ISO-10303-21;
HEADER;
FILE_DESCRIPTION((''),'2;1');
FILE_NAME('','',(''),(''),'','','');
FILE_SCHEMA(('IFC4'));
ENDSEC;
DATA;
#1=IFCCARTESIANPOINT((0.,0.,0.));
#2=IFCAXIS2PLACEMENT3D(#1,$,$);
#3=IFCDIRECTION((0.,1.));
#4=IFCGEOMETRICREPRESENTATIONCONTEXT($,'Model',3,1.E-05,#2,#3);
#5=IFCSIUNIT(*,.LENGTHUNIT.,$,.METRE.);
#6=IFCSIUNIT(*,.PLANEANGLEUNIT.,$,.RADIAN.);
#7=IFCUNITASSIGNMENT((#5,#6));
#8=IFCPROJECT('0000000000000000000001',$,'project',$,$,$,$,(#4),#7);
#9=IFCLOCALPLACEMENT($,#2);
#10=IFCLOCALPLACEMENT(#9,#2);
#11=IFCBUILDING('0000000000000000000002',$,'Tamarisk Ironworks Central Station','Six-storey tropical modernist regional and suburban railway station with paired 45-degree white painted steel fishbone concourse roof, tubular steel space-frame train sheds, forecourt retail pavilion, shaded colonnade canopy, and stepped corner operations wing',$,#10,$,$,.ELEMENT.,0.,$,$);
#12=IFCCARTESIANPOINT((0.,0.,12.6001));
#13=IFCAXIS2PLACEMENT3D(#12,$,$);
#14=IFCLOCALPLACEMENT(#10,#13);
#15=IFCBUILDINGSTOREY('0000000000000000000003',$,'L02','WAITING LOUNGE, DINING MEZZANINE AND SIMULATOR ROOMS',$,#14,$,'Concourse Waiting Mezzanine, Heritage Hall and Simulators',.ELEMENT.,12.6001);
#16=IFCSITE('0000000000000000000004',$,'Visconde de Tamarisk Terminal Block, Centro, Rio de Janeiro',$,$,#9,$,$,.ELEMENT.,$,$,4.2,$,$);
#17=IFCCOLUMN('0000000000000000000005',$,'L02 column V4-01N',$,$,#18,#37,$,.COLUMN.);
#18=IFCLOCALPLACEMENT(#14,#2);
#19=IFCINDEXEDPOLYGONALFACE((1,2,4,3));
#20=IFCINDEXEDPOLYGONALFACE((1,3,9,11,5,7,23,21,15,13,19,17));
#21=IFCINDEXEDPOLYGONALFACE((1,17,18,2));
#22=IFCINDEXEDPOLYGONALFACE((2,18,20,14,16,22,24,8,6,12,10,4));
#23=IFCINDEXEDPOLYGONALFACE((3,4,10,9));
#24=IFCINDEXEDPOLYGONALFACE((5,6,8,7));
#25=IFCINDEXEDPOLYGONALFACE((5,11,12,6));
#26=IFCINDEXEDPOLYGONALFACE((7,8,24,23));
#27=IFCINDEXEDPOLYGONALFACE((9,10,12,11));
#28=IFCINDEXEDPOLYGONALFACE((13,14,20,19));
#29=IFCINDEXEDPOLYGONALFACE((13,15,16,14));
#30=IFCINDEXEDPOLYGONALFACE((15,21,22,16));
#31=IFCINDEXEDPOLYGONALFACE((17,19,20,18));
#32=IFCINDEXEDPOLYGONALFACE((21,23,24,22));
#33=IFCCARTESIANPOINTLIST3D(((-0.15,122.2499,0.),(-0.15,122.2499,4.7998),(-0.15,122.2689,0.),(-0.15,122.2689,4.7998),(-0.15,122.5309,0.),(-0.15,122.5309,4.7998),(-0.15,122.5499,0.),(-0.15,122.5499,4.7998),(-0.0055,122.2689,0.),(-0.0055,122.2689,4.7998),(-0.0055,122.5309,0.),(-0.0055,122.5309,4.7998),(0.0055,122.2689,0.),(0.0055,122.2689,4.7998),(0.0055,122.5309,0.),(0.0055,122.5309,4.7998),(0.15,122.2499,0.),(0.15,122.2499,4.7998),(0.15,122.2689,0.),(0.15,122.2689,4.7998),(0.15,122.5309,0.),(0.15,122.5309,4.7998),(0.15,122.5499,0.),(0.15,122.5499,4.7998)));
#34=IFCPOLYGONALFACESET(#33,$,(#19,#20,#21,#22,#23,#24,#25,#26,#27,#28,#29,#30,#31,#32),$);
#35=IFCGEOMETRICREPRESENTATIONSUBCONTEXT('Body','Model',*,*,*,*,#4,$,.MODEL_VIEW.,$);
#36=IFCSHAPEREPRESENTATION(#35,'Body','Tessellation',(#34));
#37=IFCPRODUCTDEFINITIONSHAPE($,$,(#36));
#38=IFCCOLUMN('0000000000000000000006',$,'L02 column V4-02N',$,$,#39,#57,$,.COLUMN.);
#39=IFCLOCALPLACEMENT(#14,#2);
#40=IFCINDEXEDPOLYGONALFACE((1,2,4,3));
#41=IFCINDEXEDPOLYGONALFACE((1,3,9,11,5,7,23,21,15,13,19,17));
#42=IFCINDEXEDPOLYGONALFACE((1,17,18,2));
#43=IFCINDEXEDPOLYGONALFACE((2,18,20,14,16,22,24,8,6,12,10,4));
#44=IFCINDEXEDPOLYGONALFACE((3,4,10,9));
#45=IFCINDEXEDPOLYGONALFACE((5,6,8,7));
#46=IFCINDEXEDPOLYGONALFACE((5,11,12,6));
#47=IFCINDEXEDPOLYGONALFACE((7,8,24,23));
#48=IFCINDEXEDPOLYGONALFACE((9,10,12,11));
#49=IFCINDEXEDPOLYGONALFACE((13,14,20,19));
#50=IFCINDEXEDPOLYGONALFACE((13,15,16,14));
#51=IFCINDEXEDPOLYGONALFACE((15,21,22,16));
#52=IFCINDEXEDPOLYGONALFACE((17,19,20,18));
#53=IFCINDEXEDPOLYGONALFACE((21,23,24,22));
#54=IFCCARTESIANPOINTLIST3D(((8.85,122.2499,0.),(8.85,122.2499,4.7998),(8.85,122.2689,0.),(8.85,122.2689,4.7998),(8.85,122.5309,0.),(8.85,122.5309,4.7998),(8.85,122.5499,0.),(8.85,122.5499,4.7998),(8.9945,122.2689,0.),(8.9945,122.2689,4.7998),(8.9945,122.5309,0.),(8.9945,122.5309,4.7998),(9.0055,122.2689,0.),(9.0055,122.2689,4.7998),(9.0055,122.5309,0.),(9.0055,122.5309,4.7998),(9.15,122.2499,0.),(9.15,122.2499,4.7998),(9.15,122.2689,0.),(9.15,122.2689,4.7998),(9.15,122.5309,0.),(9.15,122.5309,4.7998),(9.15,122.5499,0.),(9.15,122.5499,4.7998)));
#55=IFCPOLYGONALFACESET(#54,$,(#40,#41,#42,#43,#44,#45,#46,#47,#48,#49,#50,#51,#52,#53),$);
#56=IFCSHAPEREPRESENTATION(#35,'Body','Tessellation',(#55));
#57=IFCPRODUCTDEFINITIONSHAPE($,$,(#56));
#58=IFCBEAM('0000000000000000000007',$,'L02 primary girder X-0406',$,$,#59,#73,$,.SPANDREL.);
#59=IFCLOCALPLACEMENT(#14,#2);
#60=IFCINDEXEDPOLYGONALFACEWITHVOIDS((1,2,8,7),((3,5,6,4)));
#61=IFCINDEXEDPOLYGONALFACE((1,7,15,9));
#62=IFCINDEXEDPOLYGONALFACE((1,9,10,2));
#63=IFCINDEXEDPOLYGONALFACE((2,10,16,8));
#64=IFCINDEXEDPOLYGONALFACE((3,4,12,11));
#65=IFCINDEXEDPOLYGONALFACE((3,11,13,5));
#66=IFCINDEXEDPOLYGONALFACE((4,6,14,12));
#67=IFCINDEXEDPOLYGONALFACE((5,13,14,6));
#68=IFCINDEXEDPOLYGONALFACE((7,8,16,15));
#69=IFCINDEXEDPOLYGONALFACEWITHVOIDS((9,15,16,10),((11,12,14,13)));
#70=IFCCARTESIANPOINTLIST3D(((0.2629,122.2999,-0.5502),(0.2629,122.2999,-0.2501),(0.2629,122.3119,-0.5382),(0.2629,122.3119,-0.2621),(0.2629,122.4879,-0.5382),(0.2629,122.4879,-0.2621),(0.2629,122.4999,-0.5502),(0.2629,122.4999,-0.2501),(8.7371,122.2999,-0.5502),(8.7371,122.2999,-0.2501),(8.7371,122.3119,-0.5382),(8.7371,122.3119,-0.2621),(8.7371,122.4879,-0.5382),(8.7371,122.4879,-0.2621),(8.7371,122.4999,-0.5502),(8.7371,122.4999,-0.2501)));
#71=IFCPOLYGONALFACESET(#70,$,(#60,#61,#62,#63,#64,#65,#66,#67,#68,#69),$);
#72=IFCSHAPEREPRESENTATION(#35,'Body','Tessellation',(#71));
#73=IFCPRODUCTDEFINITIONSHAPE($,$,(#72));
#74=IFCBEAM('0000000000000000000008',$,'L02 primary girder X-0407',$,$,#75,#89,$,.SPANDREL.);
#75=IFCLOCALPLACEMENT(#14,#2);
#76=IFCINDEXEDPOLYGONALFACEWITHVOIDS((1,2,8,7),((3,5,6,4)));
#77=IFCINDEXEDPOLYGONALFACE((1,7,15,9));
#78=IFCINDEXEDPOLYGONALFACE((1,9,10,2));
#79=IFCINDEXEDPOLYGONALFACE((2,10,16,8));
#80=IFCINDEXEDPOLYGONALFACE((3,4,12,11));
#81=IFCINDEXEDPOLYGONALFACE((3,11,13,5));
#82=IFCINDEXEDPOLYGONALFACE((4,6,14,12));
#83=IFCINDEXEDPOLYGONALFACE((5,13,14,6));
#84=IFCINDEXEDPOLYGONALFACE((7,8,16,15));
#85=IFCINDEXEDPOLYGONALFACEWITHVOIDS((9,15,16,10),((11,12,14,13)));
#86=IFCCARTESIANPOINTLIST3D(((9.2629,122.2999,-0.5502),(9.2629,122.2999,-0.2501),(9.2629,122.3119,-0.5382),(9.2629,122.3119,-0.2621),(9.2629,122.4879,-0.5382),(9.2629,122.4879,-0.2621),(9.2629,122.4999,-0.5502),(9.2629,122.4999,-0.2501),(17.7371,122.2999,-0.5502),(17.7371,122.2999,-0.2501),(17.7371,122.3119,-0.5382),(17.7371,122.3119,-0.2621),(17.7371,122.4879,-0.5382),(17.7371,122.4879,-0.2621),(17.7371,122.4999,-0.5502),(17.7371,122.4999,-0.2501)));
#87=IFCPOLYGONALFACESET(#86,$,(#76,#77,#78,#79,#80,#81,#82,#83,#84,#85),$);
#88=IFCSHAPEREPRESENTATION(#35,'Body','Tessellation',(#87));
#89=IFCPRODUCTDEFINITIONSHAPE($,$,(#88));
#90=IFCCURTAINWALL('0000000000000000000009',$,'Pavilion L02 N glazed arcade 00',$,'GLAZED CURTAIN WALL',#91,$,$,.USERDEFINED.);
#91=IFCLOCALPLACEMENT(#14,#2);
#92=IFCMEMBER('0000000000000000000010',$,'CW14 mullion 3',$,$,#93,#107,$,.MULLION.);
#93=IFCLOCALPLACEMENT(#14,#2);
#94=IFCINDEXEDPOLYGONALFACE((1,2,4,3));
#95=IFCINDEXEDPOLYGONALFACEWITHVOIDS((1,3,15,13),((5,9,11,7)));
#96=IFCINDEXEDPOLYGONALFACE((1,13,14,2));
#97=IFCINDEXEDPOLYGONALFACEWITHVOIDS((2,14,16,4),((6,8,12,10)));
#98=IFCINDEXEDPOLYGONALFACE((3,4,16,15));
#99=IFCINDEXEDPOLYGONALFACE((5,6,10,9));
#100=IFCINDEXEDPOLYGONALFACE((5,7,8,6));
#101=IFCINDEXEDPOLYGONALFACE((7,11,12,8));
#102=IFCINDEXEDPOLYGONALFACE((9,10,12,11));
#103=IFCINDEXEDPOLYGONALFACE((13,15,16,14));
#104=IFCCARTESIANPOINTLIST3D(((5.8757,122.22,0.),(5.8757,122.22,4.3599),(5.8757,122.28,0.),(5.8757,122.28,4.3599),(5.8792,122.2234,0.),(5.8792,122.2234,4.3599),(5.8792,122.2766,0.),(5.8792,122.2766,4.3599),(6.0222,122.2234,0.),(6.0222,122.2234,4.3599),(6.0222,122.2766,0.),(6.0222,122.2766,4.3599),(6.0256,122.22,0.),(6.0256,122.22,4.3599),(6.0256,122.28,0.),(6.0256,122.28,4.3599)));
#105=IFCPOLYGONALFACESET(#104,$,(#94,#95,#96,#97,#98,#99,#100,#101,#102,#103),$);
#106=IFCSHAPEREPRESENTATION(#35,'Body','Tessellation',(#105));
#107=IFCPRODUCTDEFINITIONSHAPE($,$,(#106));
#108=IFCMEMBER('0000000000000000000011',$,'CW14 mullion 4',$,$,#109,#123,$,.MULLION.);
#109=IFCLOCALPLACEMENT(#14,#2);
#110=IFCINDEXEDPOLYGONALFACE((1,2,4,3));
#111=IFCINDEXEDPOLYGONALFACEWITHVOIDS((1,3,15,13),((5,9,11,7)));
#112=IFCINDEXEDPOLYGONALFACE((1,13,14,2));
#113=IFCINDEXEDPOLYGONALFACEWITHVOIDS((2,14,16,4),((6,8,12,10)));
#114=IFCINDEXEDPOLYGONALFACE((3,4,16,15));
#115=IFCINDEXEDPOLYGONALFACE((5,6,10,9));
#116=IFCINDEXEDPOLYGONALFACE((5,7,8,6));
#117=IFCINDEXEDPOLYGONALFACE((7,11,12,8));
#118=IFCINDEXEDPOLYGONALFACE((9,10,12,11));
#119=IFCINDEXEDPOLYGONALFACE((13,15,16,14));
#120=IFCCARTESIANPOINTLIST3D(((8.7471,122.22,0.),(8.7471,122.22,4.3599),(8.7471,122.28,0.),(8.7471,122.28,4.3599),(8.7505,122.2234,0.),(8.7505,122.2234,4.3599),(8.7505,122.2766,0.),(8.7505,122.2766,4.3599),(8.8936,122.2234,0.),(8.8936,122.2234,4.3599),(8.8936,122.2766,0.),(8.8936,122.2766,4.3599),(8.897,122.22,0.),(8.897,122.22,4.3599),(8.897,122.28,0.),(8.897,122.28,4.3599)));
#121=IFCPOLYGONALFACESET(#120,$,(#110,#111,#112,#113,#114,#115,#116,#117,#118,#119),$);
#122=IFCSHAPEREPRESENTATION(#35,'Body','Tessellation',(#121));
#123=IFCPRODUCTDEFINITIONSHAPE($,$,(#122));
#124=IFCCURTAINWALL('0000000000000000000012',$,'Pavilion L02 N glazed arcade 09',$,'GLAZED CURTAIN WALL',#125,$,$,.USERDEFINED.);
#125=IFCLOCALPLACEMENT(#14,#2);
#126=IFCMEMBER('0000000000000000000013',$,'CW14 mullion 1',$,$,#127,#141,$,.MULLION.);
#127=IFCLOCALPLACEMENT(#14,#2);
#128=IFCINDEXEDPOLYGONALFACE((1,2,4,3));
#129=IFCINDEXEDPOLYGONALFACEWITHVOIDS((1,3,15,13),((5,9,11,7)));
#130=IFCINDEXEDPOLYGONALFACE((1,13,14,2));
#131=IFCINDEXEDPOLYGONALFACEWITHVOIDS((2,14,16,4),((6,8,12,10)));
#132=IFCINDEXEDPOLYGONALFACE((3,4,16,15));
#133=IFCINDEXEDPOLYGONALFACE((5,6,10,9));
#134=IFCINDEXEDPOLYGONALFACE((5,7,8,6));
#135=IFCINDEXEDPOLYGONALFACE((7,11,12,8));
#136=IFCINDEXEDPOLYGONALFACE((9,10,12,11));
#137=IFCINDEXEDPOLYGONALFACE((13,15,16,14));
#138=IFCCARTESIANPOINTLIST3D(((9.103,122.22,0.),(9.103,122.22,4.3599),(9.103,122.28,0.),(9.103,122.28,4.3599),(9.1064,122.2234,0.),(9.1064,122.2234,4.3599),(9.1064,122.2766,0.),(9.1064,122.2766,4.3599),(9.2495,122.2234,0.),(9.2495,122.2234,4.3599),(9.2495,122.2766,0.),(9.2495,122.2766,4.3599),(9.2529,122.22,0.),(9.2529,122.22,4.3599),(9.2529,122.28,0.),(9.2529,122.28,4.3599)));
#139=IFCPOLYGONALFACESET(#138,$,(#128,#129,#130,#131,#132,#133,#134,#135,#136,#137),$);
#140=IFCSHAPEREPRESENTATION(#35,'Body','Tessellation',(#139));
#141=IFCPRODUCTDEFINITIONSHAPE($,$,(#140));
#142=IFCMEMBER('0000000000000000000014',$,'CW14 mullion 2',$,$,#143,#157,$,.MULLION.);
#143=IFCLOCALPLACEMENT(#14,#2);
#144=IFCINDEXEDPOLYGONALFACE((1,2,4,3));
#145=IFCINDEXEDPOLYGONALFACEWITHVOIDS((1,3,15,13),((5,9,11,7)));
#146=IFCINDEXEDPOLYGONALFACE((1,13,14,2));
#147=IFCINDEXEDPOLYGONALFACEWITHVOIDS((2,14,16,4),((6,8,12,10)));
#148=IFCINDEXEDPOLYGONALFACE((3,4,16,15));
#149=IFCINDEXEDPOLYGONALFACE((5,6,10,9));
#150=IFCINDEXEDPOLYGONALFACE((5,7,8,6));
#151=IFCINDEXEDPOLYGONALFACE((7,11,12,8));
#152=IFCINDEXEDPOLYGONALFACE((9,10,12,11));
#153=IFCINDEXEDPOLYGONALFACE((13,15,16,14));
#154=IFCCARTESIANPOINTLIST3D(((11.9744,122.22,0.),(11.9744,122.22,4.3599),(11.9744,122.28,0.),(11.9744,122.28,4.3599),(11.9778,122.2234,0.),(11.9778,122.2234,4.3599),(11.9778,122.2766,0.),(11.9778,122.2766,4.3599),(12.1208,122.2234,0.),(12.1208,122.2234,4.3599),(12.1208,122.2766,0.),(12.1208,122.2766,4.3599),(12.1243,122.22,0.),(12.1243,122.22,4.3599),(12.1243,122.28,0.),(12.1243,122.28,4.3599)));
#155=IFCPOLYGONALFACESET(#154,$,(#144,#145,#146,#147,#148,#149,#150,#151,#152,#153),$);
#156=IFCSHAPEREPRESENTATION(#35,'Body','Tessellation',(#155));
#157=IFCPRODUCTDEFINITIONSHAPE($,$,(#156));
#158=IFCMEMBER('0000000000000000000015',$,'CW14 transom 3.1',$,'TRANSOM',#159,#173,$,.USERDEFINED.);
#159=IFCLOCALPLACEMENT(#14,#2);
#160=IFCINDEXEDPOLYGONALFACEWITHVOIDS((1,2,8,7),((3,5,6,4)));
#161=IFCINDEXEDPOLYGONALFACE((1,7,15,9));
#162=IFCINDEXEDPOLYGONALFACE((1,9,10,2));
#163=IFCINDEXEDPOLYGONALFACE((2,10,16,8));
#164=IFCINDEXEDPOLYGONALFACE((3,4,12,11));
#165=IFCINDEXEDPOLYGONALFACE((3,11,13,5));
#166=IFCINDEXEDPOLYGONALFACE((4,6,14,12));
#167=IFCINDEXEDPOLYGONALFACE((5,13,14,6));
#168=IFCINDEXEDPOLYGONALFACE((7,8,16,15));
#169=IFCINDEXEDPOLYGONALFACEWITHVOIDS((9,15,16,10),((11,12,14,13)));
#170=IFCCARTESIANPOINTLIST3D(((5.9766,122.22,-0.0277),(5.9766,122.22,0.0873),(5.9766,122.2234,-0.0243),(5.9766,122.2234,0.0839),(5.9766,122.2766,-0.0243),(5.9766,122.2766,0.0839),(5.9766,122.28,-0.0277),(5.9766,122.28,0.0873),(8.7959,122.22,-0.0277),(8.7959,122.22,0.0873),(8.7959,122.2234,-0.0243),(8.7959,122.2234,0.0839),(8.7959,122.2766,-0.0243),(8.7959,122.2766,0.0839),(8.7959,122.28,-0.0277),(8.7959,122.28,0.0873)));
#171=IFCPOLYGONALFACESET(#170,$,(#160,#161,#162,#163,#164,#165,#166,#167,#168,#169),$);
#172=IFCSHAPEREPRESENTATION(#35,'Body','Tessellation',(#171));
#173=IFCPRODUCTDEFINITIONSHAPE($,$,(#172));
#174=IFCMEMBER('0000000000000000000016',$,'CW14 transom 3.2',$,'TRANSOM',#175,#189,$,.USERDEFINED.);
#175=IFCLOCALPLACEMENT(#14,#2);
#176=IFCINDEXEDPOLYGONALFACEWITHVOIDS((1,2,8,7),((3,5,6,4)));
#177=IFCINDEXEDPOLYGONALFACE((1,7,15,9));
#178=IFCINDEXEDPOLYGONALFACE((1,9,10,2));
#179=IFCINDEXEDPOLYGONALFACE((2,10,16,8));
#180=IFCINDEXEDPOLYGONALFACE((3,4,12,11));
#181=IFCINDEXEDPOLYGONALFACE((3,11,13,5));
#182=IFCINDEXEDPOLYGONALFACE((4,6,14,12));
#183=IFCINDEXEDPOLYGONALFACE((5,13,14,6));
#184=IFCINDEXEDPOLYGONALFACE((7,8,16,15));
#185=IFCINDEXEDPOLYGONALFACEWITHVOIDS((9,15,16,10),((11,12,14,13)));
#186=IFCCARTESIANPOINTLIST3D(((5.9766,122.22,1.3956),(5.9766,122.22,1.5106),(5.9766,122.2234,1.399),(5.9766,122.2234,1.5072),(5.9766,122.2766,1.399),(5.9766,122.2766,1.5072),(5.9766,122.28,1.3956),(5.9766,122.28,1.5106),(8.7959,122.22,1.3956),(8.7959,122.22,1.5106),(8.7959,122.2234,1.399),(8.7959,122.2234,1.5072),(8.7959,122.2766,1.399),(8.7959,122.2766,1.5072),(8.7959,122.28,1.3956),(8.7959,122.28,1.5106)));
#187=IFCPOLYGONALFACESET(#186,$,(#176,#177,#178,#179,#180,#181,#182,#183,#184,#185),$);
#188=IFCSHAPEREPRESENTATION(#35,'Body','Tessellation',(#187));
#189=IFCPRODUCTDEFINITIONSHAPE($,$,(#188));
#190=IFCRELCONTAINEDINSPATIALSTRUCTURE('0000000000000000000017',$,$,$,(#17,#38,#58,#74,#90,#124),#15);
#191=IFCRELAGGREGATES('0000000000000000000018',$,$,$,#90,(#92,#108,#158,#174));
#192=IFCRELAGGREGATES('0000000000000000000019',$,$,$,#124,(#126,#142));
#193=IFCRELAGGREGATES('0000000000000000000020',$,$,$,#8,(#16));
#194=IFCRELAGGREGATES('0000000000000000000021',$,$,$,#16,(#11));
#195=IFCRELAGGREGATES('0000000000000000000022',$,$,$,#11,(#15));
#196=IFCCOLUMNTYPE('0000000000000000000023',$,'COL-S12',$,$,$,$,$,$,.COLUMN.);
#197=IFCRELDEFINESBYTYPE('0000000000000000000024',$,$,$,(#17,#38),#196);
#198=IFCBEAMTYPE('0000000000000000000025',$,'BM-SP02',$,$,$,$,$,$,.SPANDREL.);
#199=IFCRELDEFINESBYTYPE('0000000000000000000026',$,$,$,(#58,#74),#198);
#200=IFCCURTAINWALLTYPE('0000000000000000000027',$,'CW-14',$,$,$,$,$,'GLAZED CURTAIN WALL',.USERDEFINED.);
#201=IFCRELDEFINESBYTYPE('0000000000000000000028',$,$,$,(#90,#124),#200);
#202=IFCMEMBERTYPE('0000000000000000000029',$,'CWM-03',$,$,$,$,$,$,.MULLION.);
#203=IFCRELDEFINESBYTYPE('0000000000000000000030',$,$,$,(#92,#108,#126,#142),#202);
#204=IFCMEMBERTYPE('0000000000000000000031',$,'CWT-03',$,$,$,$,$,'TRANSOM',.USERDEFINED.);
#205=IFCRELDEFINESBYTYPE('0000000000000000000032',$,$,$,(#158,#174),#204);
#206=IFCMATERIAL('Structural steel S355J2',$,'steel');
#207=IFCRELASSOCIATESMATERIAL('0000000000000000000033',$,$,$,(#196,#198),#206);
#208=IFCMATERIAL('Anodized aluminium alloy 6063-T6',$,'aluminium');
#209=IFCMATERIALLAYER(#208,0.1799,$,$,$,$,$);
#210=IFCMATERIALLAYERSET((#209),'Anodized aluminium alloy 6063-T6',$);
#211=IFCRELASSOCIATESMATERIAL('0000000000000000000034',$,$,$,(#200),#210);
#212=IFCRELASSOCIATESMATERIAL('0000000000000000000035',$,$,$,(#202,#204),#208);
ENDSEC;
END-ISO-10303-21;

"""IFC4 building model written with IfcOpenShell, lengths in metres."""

from ifc_helpers import new_model, si_unit, direction, frame, origin, origin_2d, place, context, subcontext, project, spatial, hollow_rectangle, i_section, extrude, material, layer, layer_set, material_profile, profile_set, type_object, element, aggregate, save


model = new_model("IFC4")

# Units and contexts
model_context = context("Model", 3, precision=1e-05, world=origin(), true_north=direction((0.0, 1.0)))
body_context = subcontext(model_context, "Body", "Model", "MODEL_VIEW")
ifc_project = project(units=[si_unit("LENGTHUNIT", "METRE"), si_unit("PLANEANGLEUNIT", "RADIAN")], contexts=[model_context])

# Site, building, storey
site_placement = place(None, origin())
site = spatial("IfcSite", under=ifc_project, at=site_placement, Name="Visconde de Tamarisk Terminal Block, Centro, Rio de Janeiro", CompositionType="ELEMENT", RefElevation=4.2)
building_placement = place(site_placement, origin())
building = spatial("IfcBuilding", under=site, at=building_placement, Name="Tamarisk Ironworks Central Station", Description="Six-storey tropical modernist regional and suburban railway station with paired 45-degree white painted steel fishbone concourse roof, tubular steel space-frame train sheds, forecourt retail pavilion, shaded colonnade canopy, and stepped corner operations wing", CompositionType="ELEMENT", ElevationOfRefHeight=0.0)
storey_placement = place(building_placement, frame((0.0, 0.0, 12.6001)))
storey = spatial("IfcBuildingStorey", under=building, at=storey_placement, Name="L02", Description="WAITING LOUNGE, DINING MEZZANINE AND SIMULATOR ROOMS", LongName="Concourse Waiting Mezzanine, Heritage Hall and Simulators", CompositionType="ELEMENT", Elevation=12.6001)

# Columns
ifc_material_1 = material(Name="Structural steel S355J2", Category="steel")
ifc_material_profile_1 = material_profile(ifc_material_1, i_section(OverallWidth=0.3, OverallDepth=0.3, WebThickness=0.011, FlangeThickness=0.019, at=origin_2d()), Name="HEB 300")
ifc_profile_set_1 = profile_set([ifc_material_profile_1], Name="Structural steel S355J2")
column_type = type_object("IfcColumnType", Name="COL-S12", PredefinedType="COLUMN", material=ifc_profile_set_1)
for number, where, z_axis, x_axis, name in (
    (1, (0.0, 122.3999, 0.0), (0.0, 0.0, 1.0), (1.0, 0.0, 0.0), "L02 column V4-01N"),
    (2, (9.0, 122.3999, 0.0), (0.0, 0.0, 1.0), (1.0, 0.0, 0.0), "L02 column V4-02N"),
):
    element("IfcColumn", number, at=place(storey_placement, frame(where, z_axis=z_axis, x_axis=x_axis)), inside=storey, type_object=column_type, Name=name, PredefinedType="COLUMN", context=body_context, shape_type="SweptSolid", body=[
        extrude(i_section(OverallWidth=0.3, OverallDepth=0.3, WebThickness=0.011, FlangeThickness=0.019, at=origin_2d()), origin(), (0.0, 0.0, 1.0), 4.7998),
    ])

# Beams
ifc_material_profile_2 = material_profile(ifc_material_1, hollow_rectangle(XDim=0.2, YDim=0.3, WallThickness=0.012, at=origin_2d()), Name="RHS 300x200x12")
ifc_profile_set_2 = profile_set([ifc_material_profile_2], Name="Structural steel S355J2")
beam_type = type_object("IfcBeamType", Name="BM-SP02", PredefinedType="SPANDREL", material=ifc_profile_set_2)
for number, where, z_axis, x_axis, name in (
    (3, (0.2629, 122.3999, -0.4001), (1.0, 0.0, 0.0), (0.0, 1.0, 0.0), "L02 primary girder X-0406"),
    (4, (9.2629, 122.3999, -0.4001), (1.0, 0.0, 0.0), (0.0, 1.0, 0.0), "L02 primary girder X-0407"),
):
    element("IfcBeam", number, at=place(storey_placement, frame(where, z_axis=z_axis, x_axis=x_axis)), inside=storey, type_object=beam_type, Name=name, PredefinedType="SPANDREL", context=body_context, shape_type="SweptSolid", body=[
        extrude(hollow_rectangle(XDim=0.2, YDim=0.3, WallThickness=0.012, at=origin_2d()), origin(), (0.0, 0.0, 1.0), 8.4741),
    ])

# Curtain walls, members
ifc_material_2 = material(Name="Anodized aluminium alloy 6063-T6", Category="aluminium")
ifc_layer_1 = layer(ifc_material_2, 0.1799)
ifc_layer_set_1 = layer_set([ifc_layer_1], Name="Anodized aluminium alloy 6063-T6")
curtain_wall_type = type_object("IfcCurtainWallType", Name="CW-14", ElementType="GLAZED CURTAIN WALL", PredefinedType="USERDEFINED", material=ifc_layer_set_1)
curtain_wall_1_placement = place(storey_placement, origin())
curtain_wall_1 = element("IfcCurtainWall", 5, at=curtain_wall_1_placement, inside=storey, type_object=curtain_wall_type, Name="Pavilion L02 N glazed arcade 00", ObjectType="GLAZED CURTAIN WALL", PredefinedType="USERDEFINED")
ifc_material_profile_3 = material_profile(ifc_material_2, hollow_rectangle(XDim=0.0601, YDim=0.1499, WallThickness=0.0034, at=origin_2d()), Name="ALUM 150x60")
ifc_profile_set_3 = profile_set([ifc_material_profile_3], Name="Anodized aluminium alloy 6063-T6")
member_type_1 = type_object("IfcMemberType", Name="CWM-03", PredefinedType="MULLION", material=ifc_profile_set_3)
member_1_placement = place(storey_placement, frame((5.9507, 122.25, 0.0), z_axis=(0.0, 0.0, 1.0), x_axis=(0.0, 1.0, 0.0)))
member_1 = element("IfcMember", 6, at=member_1_placement, type_object=member_type_1, Name="CW14 mullion 3", PredefinedType="MULLION", context=body_context, shape_type="SweptSolid", body=[
    extrude(hollow_rectangle(XDim=0.0601, YDim=0.1499, WallThickness=0.0034, at=origin_2d()), origin(), (0.0, 0.0, 1.0), 4.3599),
])
member_2_placement = place(storey_placement, frame((8.822, 122.25, 0.0), z_axis=(0.0, 0.0, 1.0), x_axis=(0.0, 1.0, 0.0)))
member_2 = element("IfcMember", 7, at=member_2_placement, type_object=member_type_1, Name="CW14 mullion 4", PredefinedType="MULLION", context=body_context, shape_type="SweptSolid", body=[
    extrude(hollow_rectangle(XDim=0.0601, YDim=0.1499, WallThickness=0.0034, at=origin_2d()), origin(), (0.0, 0.0, 1.0), 4.3599),
])
curtain_wall_2_placement = place(storey_placement, origin())
curtain_wall_2 = element("IfcCurtainWall", 8, at=curtain_wall_2_placement, inside=storey, type_object=curtain_wall_type, Name="Pavilion L02 N glazed arcade 09", ObjectType="GLAZED CURTAIN WALL", PredefinedType="USERDEFINED")
member_3_placement = place(storey_placement, frame((9.178, 122.25, 0.0), z_axis=(0.0, 0.0, 1.0), x_axis=(0.0, 1.0, 0.0)))
member_3 = element("IfcMember", 9, at=member_3_placement, type_object=member_type_1, Name="CW14 mullion 1", PredefinedType="MULLION", context=body_context, shape_type="SweptSolid", body=[
    extrude(hollow_rectangle(XDim=0.0601, YDim=0.1499, WallThickness=0.0034, at=origin_2d()), origin(), (0.0, 0.0, 1.0), 4.3599),
])
member_4_placement = place(storey_placement, frame((12.0493, 122.25, 0.0), z_axis=(0.0, 0.0, 1.0), x_axis=(0.0, 1.0, 0.0)))
member_4 = element("IfcMember", 10, at=member_4_placement, type_object=member_type_1, Name="CW14 mullion 2", PredefinedType="MULLION", context=body_context, shape_type="SweptSolid", body=[
    extrude(hollow_rectangle(XDim=0.0601, YDim=0.1499, WallThickness=0.0034, at=origin_2d()), origin(), (0.0, 0.0, 1.0), 4.3599),
])

# Members
ifc_material_profile_4 = material_profile(ifc_material_2, hollow_rectangle(XDim=0.0601, YDim=0.115, WallThickness=0.0034, at=origin_2d()), Name="ALUM 115x60")
ifc_profile_set_4 = profile_set([ifc_material_profile_4], Name="Anodized aluminium alloy 6063-T6")
member_type_2 = type_object("IfcMemberType", Name="CWT-03", ElementType="TRANSOM", PredefinedType="USERDEFINED", material=ifc_profile_set_4)
member_5_placement = place(storey_placement, frame((5.9766, 122.25, 0.0298), z_axis=(1.0, 0.0, 0.0), x_axis=(0.0, 1.0, 0.0)))
member_5 = element("IfcMember", 11, at=member_5_placement, type_object=member_type_2, Name="CW14 transom 3.1", ObjectType="TRANSOM", PredefinedType="USERDEFINED", context=body_context, shape_type="SweptSolid", body=[
    extrude(hollow_rectangle(XDim=0.0601, YDim=0.115, WallThickness=0.0034, at=origin_2d()), origin(), (0.0, 0.0, 1.0), 2.8193),
])
member_6_placement = place(storey_placement, frame((5.9766, 122.25, 1.4531), z_axis=(1.0, 0.0, 0.0), x_axis=(0.0, 1.0, 0.0)))
member_6 = element("IfcMember", 12, at=member_6_placement, type_object=member_type_2, Name="CW14 transom 3.2", ObjectType="TRANSOM", PredefinedType="USERDEFINED", context=body_context, shape_type="SweptSolid", body=[
    extrude(hollow_rectangle(XDim=0.0601, YDim=0.115, WallThickness=0.0034, at=origin_2d()), origin(), (0.0, 0.0, 1.0), 2.8193),
])

aggregate(curtain_wall_1, [member_1, member_2, member_5, member_6])
aggregate(curtain_wall_2, [member_3, member_4])

save(model, "model.ifc")
